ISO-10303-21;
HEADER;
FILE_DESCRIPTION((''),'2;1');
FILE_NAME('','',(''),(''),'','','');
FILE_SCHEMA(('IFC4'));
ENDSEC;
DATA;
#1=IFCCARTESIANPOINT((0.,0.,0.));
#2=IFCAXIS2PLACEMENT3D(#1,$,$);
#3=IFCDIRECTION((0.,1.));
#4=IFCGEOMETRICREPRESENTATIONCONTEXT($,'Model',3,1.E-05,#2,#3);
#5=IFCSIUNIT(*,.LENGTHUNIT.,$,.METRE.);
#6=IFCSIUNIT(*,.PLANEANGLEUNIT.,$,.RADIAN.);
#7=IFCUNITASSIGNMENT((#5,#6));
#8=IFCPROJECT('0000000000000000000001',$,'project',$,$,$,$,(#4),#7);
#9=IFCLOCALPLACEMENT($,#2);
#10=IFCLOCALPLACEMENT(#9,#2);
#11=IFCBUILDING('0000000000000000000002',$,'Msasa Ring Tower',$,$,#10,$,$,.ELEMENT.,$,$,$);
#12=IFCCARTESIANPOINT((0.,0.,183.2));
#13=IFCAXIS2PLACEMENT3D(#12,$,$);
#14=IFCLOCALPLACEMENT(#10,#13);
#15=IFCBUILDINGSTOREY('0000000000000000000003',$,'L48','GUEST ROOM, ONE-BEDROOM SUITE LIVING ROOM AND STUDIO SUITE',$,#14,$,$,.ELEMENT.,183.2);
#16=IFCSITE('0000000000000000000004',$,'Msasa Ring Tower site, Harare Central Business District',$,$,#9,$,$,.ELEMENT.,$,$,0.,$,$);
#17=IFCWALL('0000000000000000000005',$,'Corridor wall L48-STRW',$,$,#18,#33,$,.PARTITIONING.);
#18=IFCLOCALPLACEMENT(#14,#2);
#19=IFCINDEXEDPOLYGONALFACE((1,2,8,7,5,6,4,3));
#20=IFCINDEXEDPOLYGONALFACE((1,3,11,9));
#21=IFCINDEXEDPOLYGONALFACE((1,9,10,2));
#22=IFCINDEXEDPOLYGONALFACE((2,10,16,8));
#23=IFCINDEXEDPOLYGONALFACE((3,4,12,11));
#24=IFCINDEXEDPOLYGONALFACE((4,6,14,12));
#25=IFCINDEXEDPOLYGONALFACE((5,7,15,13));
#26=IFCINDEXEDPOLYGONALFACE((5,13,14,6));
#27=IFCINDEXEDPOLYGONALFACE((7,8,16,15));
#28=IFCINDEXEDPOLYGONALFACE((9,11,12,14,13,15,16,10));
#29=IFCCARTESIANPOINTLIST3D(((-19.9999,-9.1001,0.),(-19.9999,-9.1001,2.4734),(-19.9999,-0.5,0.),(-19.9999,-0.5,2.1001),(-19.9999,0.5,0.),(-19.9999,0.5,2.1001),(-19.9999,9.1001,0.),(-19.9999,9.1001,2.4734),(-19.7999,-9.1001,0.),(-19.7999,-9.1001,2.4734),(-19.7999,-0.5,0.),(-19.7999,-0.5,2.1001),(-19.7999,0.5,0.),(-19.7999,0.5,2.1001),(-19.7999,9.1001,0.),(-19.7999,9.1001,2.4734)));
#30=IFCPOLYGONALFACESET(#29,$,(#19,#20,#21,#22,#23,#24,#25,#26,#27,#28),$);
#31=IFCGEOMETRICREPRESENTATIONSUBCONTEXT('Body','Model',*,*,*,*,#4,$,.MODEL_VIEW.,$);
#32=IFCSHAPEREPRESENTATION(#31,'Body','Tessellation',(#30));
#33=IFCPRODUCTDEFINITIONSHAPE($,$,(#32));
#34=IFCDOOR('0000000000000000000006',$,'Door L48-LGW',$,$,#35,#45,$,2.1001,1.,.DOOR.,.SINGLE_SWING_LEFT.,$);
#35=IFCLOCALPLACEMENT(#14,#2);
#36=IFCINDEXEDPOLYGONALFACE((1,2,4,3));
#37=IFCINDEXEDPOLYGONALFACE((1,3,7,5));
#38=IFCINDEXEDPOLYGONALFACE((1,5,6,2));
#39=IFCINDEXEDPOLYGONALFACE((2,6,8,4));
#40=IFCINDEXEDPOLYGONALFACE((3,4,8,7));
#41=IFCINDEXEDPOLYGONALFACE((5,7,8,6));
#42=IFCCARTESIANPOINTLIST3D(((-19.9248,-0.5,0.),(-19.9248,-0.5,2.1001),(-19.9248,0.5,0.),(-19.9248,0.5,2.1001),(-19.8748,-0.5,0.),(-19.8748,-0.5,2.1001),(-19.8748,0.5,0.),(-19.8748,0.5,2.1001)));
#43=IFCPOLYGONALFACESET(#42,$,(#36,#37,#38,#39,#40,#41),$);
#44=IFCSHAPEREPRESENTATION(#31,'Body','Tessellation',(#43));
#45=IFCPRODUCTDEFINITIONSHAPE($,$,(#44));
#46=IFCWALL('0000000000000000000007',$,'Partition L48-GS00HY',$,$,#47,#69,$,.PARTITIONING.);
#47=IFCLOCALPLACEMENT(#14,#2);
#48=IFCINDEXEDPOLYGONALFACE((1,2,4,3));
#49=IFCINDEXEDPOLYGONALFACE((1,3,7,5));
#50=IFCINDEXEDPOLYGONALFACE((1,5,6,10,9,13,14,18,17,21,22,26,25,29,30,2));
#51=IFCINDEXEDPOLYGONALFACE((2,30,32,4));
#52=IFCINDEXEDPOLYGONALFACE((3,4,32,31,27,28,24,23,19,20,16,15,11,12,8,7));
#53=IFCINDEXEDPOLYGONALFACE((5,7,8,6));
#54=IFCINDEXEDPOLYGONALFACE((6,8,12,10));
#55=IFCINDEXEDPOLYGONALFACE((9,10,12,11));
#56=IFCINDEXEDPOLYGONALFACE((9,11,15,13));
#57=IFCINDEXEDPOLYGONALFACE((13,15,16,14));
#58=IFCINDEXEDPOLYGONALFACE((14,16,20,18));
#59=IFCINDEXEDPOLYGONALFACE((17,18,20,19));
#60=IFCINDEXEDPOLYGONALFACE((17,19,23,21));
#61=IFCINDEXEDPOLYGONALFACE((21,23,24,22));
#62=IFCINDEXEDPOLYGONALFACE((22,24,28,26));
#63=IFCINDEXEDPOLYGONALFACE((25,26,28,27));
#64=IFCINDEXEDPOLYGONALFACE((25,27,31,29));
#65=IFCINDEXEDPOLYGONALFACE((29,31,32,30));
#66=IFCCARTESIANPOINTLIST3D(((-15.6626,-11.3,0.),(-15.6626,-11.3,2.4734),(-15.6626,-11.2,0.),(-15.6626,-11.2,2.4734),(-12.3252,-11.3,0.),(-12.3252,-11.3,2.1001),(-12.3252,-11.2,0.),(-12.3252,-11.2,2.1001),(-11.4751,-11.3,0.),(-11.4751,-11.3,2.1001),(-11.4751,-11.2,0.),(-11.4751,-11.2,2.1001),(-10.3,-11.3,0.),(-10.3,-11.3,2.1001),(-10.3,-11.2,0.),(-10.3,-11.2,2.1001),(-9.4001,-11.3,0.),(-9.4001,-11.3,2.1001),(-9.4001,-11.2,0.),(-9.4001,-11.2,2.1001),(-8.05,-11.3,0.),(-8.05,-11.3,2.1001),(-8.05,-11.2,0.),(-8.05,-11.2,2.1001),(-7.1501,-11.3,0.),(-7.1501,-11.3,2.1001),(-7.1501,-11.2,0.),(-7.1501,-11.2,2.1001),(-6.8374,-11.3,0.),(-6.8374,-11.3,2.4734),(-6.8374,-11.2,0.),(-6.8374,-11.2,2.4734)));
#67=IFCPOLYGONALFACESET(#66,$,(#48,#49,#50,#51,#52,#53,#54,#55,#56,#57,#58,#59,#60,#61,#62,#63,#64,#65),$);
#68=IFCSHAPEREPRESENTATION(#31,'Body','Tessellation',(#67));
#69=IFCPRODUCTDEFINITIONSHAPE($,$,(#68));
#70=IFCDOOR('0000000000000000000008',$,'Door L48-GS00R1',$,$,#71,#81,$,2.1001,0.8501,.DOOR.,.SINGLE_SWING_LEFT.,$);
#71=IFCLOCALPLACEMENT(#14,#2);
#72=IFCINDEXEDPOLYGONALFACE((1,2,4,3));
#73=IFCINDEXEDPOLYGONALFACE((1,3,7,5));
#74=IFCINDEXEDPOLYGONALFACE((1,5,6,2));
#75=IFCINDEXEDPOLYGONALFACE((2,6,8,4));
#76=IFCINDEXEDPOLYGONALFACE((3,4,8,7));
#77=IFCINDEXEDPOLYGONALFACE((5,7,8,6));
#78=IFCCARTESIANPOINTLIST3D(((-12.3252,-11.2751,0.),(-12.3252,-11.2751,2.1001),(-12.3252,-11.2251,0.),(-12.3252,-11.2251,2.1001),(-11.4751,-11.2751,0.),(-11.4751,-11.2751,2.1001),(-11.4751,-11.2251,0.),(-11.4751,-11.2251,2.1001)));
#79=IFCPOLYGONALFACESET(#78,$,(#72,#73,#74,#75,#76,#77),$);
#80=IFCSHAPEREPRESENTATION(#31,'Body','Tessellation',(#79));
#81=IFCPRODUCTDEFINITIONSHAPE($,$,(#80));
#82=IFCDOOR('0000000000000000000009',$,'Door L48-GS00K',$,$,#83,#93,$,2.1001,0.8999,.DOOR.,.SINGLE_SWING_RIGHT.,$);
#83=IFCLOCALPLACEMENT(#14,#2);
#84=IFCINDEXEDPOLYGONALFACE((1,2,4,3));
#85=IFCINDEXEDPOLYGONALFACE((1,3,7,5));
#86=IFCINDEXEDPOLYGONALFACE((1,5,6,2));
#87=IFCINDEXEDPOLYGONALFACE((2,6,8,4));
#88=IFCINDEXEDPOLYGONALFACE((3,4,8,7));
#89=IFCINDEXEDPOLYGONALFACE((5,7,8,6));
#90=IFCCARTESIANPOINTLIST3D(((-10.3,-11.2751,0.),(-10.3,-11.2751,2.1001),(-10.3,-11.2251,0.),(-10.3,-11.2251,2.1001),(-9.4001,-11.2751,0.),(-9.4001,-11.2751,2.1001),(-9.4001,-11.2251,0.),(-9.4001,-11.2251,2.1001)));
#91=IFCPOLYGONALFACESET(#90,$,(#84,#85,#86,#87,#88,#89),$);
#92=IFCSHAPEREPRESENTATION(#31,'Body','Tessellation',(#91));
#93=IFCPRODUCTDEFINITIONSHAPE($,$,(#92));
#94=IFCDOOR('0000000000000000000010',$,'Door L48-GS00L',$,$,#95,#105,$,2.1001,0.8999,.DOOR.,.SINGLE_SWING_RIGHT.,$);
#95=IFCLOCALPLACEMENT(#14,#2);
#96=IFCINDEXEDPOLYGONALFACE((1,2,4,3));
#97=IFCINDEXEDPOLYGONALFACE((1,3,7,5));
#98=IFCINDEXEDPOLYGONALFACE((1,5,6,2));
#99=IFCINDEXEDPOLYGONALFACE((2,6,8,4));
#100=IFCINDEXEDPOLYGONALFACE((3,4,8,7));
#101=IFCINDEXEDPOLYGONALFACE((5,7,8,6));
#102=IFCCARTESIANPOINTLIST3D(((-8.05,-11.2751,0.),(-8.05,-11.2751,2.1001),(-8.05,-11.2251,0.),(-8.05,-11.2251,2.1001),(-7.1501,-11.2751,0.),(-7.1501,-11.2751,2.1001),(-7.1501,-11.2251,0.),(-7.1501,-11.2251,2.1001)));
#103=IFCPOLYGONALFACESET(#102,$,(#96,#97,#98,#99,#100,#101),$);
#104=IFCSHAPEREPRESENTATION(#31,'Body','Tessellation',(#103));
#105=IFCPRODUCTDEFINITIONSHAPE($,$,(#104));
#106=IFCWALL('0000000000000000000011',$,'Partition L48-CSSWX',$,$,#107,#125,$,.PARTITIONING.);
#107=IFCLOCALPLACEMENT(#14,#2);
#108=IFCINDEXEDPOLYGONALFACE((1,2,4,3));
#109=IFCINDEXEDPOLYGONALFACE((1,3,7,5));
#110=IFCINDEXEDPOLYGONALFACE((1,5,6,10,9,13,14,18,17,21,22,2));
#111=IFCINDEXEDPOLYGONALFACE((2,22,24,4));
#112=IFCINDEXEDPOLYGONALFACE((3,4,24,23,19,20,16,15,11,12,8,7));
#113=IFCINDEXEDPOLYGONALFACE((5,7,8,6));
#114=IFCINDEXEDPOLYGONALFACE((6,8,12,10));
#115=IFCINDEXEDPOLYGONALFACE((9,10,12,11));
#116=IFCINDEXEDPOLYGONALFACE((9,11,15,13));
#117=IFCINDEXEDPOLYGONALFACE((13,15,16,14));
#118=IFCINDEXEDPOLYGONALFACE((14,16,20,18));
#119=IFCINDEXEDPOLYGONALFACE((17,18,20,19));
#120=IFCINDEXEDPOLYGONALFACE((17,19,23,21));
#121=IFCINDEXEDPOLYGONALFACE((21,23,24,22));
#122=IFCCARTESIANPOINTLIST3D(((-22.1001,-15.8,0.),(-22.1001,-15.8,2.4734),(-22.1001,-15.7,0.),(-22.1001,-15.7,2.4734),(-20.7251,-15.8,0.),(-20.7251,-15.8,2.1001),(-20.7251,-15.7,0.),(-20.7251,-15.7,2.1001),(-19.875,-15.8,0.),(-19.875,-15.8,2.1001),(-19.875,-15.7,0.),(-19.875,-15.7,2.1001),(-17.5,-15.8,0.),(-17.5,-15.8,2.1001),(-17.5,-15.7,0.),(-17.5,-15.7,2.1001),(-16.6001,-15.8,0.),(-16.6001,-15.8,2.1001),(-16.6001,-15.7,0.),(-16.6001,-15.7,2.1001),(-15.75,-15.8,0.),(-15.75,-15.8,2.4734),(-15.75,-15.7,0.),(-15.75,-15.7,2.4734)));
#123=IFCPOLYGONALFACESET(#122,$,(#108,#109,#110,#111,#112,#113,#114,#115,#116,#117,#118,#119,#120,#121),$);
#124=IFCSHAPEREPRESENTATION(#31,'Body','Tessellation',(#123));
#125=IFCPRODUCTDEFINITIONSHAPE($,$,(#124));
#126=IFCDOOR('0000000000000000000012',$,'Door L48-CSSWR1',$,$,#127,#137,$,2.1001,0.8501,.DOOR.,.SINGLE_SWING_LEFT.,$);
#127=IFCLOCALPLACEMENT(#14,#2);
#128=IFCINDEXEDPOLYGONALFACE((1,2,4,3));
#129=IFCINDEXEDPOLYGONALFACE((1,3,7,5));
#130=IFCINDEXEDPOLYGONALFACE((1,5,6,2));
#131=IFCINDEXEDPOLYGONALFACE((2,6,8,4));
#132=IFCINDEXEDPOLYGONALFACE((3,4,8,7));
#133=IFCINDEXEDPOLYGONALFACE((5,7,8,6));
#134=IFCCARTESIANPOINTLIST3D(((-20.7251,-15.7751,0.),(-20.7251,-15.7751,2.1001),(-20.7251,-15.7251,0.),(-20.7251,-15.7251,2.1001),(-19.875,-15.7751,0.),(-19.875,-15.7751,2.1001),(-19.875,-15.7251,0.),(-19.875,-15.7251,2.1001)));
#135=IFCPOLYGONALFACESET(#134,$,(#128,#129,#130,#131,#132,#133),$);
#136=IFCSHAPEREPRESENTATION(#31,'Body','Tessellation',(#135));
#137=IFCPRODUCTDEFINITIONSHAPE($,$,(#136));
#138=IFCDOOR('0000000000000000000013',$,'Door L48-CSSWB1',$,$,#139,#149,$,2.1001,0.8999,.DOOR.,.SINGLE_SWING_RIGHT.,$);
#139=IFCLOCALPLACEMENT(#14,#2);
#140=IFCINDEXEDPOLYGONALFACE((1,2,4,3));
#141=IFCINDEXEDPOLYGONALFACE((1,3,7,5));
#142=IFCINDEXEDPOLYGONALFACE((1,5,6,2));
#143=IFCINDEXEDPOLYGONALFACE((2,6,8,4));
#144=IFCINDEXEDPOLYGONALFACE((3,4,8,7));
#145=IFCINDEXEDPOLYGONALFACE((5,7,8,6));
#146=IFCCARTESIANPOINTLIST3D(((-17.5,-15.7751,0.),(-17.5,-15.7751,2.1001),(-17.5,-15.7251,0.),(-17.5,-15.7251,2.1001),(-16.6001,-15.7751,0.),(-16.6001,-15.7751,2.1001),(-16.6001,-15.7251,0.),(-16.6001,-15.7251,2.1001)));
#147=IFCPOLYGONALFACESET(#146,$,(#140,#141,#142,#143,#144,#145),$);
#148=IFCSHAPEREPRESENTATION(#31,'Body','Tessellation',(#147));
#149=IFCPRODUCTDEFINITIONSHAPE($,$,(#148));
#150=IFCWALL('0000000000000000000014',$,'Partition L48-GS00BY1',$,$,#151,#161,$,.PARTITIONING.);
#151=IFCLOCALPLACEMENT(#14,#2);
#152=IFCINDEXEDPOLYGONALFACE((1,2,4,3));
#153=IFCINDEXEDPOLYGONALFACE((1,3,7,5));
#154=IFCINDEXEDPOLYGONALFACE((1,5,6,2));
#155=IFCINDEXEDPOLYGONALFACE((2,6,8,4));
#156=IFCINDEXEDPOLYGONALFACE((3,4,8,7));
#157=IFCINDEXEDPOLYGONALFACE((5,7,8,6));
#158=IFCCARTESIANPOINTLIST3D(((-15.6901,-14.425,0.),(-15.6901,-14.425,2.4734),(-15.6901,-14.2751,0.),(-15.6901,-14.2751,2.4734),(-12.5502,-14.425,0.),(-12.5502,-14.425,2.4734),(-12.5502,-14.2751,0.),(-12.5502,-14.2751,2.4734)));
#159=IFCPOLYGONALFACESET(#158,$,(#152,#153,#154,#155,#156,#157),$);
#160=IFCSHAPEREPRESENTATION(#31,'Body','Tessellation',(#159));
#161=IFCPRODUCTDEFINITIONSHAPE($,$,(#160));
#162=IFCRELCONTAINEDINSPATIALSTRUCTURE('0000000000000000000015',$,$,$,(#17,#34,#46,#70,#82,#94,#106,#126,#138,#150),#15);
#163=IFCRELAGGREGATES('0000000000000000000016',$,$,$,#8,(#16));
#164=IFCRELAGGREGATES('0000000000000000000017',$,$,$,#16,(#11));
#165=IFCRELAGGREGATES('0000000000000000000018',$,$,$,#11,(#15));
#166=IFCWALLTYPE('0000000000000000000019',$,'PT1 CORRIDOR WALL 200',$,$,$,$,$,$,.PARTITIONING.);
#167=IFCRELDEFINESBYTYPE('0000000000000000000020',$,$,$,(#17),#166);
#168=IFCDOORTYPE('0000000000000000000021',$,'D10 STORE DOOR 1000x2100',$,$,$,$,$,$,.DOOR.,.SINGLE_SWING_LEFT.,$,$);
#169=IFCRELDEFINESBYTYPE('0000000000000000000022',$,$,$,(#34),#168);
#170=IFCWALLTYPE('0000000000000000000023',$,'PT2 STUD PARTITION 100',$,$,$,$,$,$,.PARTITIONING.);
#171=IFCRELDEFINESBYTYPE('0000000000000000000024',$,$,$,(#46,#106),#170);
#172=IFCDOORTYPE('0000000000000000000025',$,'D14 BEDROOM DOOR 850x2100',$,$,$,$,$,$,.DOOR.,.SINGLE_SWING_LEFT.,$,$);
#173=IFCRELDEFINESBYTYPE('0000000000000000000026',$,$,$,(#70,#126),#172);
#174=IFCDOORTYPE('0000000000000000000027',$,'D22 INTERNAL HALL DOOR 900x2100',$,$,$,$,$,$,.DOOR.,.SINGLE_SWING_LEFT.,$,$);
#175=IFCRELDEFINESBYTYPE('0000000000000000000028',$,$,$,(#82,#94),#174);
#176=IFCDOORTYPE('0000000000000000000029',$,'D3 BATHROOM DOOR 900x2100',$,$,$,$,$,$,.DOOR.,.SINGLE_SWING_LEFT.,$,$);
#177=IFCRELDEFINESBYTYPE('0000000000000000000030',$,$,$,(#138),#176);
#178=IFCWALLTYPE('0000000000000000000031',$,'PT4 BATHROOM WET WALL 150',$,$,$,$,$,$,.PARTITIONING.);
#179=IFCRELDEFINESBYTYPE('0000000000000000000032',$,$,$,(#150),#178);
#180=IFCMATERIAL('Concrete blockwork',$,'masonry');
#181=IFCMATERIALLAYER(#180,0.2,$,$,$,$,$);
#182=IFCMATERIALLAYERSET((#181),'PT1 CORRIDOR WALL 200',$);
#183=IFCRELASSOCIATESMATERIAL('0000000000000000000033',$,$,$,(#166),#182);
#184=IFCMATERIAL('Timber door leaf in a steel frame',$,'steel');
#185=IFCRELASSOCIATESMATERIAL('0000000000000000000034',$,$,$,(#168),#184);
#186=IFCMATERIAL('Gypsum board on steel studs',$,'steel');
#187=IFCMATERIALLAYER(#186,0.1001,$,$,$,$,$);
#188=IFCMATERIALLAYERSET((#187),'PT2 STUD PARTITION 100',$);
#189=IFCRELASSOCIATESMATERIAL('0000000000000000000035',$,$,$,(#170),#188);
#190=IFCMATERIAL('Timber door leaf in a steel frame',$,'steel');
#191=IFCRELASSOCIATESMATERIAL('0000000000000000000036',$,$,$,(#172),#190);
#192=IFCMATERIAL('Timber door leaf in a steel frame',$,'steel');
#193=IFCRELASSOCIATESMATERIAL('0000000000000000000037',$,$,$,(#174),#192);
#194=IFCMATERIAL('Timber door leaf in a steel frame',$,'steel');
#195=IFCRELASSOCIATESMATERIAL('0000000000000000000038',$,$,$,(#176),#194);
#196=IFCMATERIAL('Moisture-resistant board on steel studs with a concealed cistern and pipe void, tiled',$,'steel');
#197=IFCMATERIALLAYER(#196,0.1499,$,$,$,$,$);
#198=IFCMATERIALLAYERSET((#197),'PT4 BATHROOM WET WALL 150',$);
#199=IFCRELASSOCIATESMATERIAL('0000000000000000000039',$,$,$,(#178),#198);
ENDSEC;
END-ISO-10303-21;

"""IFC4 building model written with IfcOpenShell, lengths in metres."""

from ifc_helpers import new_model, si_unit, direction, frame, frame_2d, origin, place, context, subcontext, project, spatial, rectangle, extrude, material, layer, layer_set, type_object, element, fill, save


model = new_model("IFC4")

# Units and contexts
model_context = context("Model", 3, precision=1e-05, world=origin(), true_north=direction((0.0, 1.0)))
body_context = subcontext(model_context, "Body", "Model", "MODEL_VIEW")
ifc_project = project(units=[si_unit("LENGTHUNIT", "METRE"), si_unit("PLANEANGLEUNIT", "RADIAN")], contexts=[model_context])

# Site, building, storey
site_placement = place(None, origin())
site = spatial("IfcSite", under=ifc_project, at=site_placement, Name="Msasa Ring Tower site, Harare Central Business District", CompositionType="ELEMENT", RefElevation=0.0)
building_placement = place(site_placement, origin())
building = spatial("IfcBuilding", under=site, at=building_placement, Name="Msasa Ring Tower", CompositionType="ELEMENT")
storey_placement = place(building_placement, frame((0.0, 0.0, 183.2)))
storey = spatial("IfcBuildingStorey", under=building, at=storey_placement, Name="L48", Description="GUEST ROOM, ONE-BEDROOM SUITE LIVING ROOM AND STUDIO SUITE", CompositionType="ELEMENT", Elevation=183.2)

# Shared definitions
ifc_material_1 = material(Name="Concrete blockwork", Category="masonry")
ifc_layer_1 = layer(ifc_material_1, 0.2)
ifc_layer_set_1 = layer_set([ifc_layer_1], Name="PT1 CORRIDOR WALL 200")
wall_type_1 = type_object("IfcWallType", Name="PT1 CORRIDOR WALL 200", PredefinedType="PARTITIONING", material=ifc_layer_set_1)

# Wall, opening, door
wall_1_placement = place(storey_placement, frame((-19.8999, -9.1001, 0.0), z_axis=(0.0, 0.0, 1.0), x_axis=(0.0, 1.0, 0.0)))
wall_1 = element("IfcWall", 1, at=wall_1_placement, inside=storey, type_object=wall_type_1, Name="Corridor wall L48-STRW", PredefinedType="PARTITIONING", context=body_context, shape_type="SweptSolid", body=[
    extrude(rectangle(XDim=18.2002, YDim=0.2, at=frame_2d((9.1001, 0.0))), origin(), (0.0, 0.0, 1.0), 2.4734),
])
opening_1_placement = place(wall_1_placement, frame((8.6001, 0.0, 0.0)))
opening_1 = element("IfcOpeningElement", 2, at=opening_1_placement, cuts=wall_1, PredefinedType="OPENING", context=body_context, shape_type="SweptSolid", body=[
    extrude(rectangle(XDim=1.0, YDim=2.1001, at=frame_2d((0.5, 1.05))), frame((0.0, 0.1099, 0.0), z_axis=(0.0, -1.0, 0.0), x_axis=(1.0, 0.0, 0.0)), (0.0, 0.0, 1.0), 0.22),
])
ifc_material_2 = material(Name="Timber door leaf in a steel frame", Category="steel")
door_type_1 = type_object("IfcDoorType", Name="D10 STORE DOOR 1000x2100", OperationType="SINGLE_SWING_LEFT", PredefinedType="DOOR", material=ifc_material_2)
door_1_placement = place(opening_1_placement, origin())
door_1 = element("IfcDoor", 3, at=door_1_placement, inside=storey, type_object=door_type_1, Name="Door L48-LGW", OperationType="SINGLE_SWING_LEFT", OverallHeight=2.1001, OverallWidth=1.0, PredefinedType="DOOR", context=body_context, shape_type="SweptSolid", body=[
    extrude(rectangle(XDim=1.0, YDim=2.1001, at=frame_2d((0.5, 1.05))), frame((0.0, 0.0249, 0.0), z_axis=(0.0, -1.0, 0.0), x_axis=(1.0, 0.0, 0.0)), (0.0, 0.0, 1.0), 0.05),
])
fill(opening_1, door_1)

# Walls, openings, doors
ifc_material_3 = material(Name="Gypsum board on steel studs", Category="steel")
ifc_layer_2 = layer(ifc_material_3, 0.1001)
ifc_layer_set_2 = layer_set([ifc_layer_2], Name="PT2 STUD PARTITION 100")
wall_type_2 = type_object("IfcWallType", Name="PT2 STUD PARTITION 100", PredefinedType="PARTITIONING", material=ifc_layer_set_2)
wall_2_placement = place(storey_placement, frame((-15.6626, -11.25, 0.0), z_axis=(0.0, 0.0, 1.0), x_axis=(1.0, 0.0, 0.0)))
wall_2 = element("IfcWall", 4, at=wall_2_placement, inside=storey, type_object=wall_type_2, Name="Partition L48-GS00HY", PredefinedType="PARTITIONING", context=body_context, shape_type="SweptSolid", body=[
    extrude(rectangle(XDim=8.8252, YDim=0.1001, at=frame_2d((4.4126, 0.0))), origin(), (0.0, 0.0, 1.0), 2.4734),
])
opening_2_placement = place(wall_2_placement, frame((5.3625, 0.0, 0.0)))
opening_2 = element("IfcOpeningElement", 5, at=opening_2_placement, cuts=wall_2, PredefinedType="OPENING", context=body_context, shape_type="SweptSolid", body=[
    extrude(rectangle(XDim=0.8999, YDim=2.1001, at=frame_2d((0.45, 1.05))), frame((0.0, 0.0601, 0.0), z_axis=(0.0, -1.0, 0.0), x_axis=(1.0, 0.0, 0.0)), (0.0, 0.0, 1.0), 0.1201),
])
opening_3_placement = place(wall_2_placement, frame((7.6125, 0.0, 0.0)))
opening_3 = element("IfcOpeningElement", 6, at=opening_3_placement, cuts=wall_2, PredefinedType="OPENING", context=body_context, shape_type="SweptSolid", body=[
    extrude(rectangle(XDim=0.8999, YDim=2.1001, at=frame_2d((0.45, 1.05))), frame((0.0, 0.0601, 0.0), z_axis=(0.0, -1.0, 0.0), x_axis=(1.0, 0.0, 0.0)), (0.0, 0.0, 1.0), 0.1201),
])
opening_4_placement = place(wall_2_placement, frame((3.3374, 0.0, 0.0)))
opening_4 = element("IfcOpeningElement", 7, at=opening_4_placement, cuts=wall_2, PredefinedType="OPENING", context=body_context, shape_type="SweptSolid", body=[
    extrude(rectangle(XDim=0.8501, YDim=2.1001, at=frame_2d((0.425, 1.05))), frame((0.0, 0.0601, 0.0), z_axis=(0.0, -1.0, 0.0), x_axis=(1.0, 0.0, 0.0)), (0.0, 0.0, 1.0), 0.1201),
])
ifc_material_4 = material(Name="Timber door leaf in a steel frame", Category="steel")
door_type_2 = type_object("IfcDoorType", Name="D14 BEDROOM DOOR 850x2100", OperationType="SINGLE_SWING_LEFT", PredefinedType="DOOR", material=ifc_material_4)
door_2_placement = place(opening_4_placement, origin())
door_2 = element("IfcDoor", 8, at=door_2_placement, inside=storey, type_object=door_type_2, Name="Door L48-GS00R1", OperationType="SINGLE_SWING_LEFT", OverallHeight=2.1001, OverallWidth=0.8501, PredefinedType="DOOR", context=body_context, shape_type="SweptSolid", body=[
    extrude(rectangle(XDim=0.8501, YDim=2.1001, at=frame_2d((0.425, 1.05))), frame((0.0, 0.0249, 0.0), z_axis=(0.0, -1.0, 0.0), x_axis=(1.0, 0.0, 0.0)), (0.0, 0.0, 1.0), 0.05),
])
fill(opening_4, door_2)
ifc_material_5 = material(Name="Timber door leaf in a steel frame", Category="steel")
door_type_3 = type_object("IfcDoorType", Name="D22 INTERNAL HALL DOOR 900x2100", OperationType="SINGLE_SWING_LEFT", PredefinedType="DOOR", material=ifc_material_5)
door_3_placement = place(opening_2_placement, origin())
door_3 = element("IfcDoor", 9, at=door_3_placement, inside=storey, type_object=door_type_3, Name="Door L48-GS00K", OperationType="SINGLE_SWING_RIGHT", OverallHeight=2.1001, OverallWidth=0.8999, PredefinedType="DOOR", context=body_context, shape_type="SweptSolid", body=[
    extrude(rectangle(XDim=0.8999, YDim=2.1001, at=frame_2d((0.45, 1.05))), frame((0.0, 0.0249, 0.0), z_axis=(0.0, -1.0, 0.0), x_axis=(1.0, 0.0, 0.0)), (0.0, 0.0, 1.0), 0.05),
])
fill(opening_2, door_3)
door_4_placement = place(opening_3_placement, origin())
door_4 = element("IfcDoor", 10, at=door_4_placement, inside=storey, type_object=door_type_3, Name="Door L48-GS00L", OperationType="SINGLE_SWING_RIGHT", OverallHeight=2.1001, OverallWidth=0.8999, PredefinedType="DOOR", context=body_context, shape_type="SweptSolid", body=[
    extrude(rectangle(XDim=0.8999, YDim=2.1001, at=frame_2d((0.45, 1.05))), frame((0.0, 0.0249, 0.0), z_axis=(0.0, -1.0, 0.0), x_axis=(1.0, 0.0, 0.0)), (0.0, 0.0, 1.0), 0.05),
])
fill(opening_3, door_4)
wall_3_placement = place(storey_placement, frame((-22.1001, -15.75, 0.0), z_axis=(0.0, 0.0, 1.0), x_axis=(1.0, 0.0, 0.0)))
wall_3 = element("IfcWall", 11, at=wall_3_placement, inside=storey, type_object=wall_type_2, Name="Partition L48-CSSWX", PredefinedType="PARTITIONING", context=body_context, shape_type="SweptSolid", body=[
    extrude(rectangle(XDim=6.3501, YDim=0.1001, at=frame_2d((3.175, 0.0))), origin(), (0.0, 0.0, 1.0), 2.4734),
])
opening_5_placement = place(wall_3_placement, frame((1.375, 0.0, 0.0)))
opening_5 = element("IfcOpeningElement", 12, at=opening_5_placement, cuts=wall_3, PredefinedType="OPENING", context=body_context, shape_type="SweptSolid", body=[
    extrude(rectangle(XDim=0.8501, YDim=2.1001, at=frame_2d((0.425, 1.05))), frame((0.0, 0.0601, 0.0), z_axis=(0.0, -1.0, 0.0), x_axis=(1.0, 0.0, 0.0)), (0.0, 0.0, 1.0), 0.1201),
])
opening_6_placement = place(wall_3_placement, frame((4.6001, 0.0, 0.0)))
opening_6 = element("IfcOpeningElement", 13, at=opening_6_placement, cuts=wall_3, PredefinedType="OPENING", context=body_context, shape_type="SweptSolid", body=[
    extrude(rectangle(XDim=0.8999, YDim=2.1001, at=frame_2d((0.45, 1.05))), frame((0.0, 0.0601, 0.0), z_axis=(0.0, -1.0, 0.0), x_axis=(1.0, 0.0, 0.0)), (0.0, 0.0, 1.0), 0.1201),
])
door_5_placement = place(opening_5_placement, origin())
door_5 = element("IfcDoor", 14, at=door_5_placement, inside=storey, type_object=door_type_2, Name="Door L48-CSSWR1", OperationType="SINGLE_SWING_LEFT", OverallHeight=2.1001, OverallWidth=0.8501, PredefinedType="DOOR", context=body_context, shape_type="SweptSolid", body=[
    extrude(rectangle(XDim=0.8501, YDim=2.1001, at=frame_2d((0.425, 1.05))), frame((0.0, 0.0249, 0.0), z_axis=(0.0, -1.0, 0.0), x_axis=(1.0, 0.0, 0.0)), (0.0, 0.0, 1.0), 0.05),
])
fill(opening_5, door_5)
ifc_material_6 = material(Name="Timber door leaf in a steel frame", Category="steel")
door_type_4 = type_object("IfcDoorType", Name="D3 BATHROOM DOOR 900x2100", OperationType="SINGLE_SWING_LEFT", PredefinedType="DOOR", material=ifc_material_6)
door_6_placement = place(opening_6_placement, origin())
door_6 = element("IfcDoor", 15, at=door_6_placement, inside=storey, type_object=door_type_4, Name="Door L48-CSSWB1", OperationType="SINGLE_SWING_RIGHT", OverallHeight=2.1001, OverallWidth=0.8999, PredefinedType="DOOR", context=body_context, shape_type="SweptSolid", body=[
    extrude(rectangle(XDim=0.8999, YDim=2.1001, at=frame_2d((0.45, 1.05))), frame((0.0, 0.0249, 0.0), z_axis=(0.0, -1.0, 0.0), x_axis=(1.0, 0.0, 0.0)), (0.0, 0.0, 1.0), 0.05),
])
fill(opening_6, door_6)

# Wall
ifc_material_7 = material(Name="Moisture-resistant board on steel studs with a concealed cistern and pipe void, tiled", Category="steel")
ifc_layer_3 = layer(ifc_material_7, 0.1499)
ifc_layer_set_3 = layer_set([ifc_layer_3], Name="PT4 BATHROOM WET WALL 150")
wall_type_3 = type_object("IfcWallType", Name="PT4 BATHROOM WET WALL 150", PredefinedType="PARTITIONING", material=ifc_layer_set_3)
wall_4_placement = place(storey_placement, frame((-15.6899, -14.3501, 0.0), z_axis=(0.0, 0.0, 1.0), x_axis=(1.0, 0.0, 0.0)))
element("IfcWall", 16, at=wall_4_placement, inside=storey, type_object=wall_type_3, Name="Partition L48-GS00BY1", PredefinedType="PARTITIONING", context=body_context, shape_type="SweptSolid", body=[
    extrude(rectangle(XDim=3.1399, YDim=0.1499, at=frame_2d((1.5698, 0.0))), origin(), (0.0, 0.0, 1.0), 2.4734),
])

save(model, "model.ifc")
